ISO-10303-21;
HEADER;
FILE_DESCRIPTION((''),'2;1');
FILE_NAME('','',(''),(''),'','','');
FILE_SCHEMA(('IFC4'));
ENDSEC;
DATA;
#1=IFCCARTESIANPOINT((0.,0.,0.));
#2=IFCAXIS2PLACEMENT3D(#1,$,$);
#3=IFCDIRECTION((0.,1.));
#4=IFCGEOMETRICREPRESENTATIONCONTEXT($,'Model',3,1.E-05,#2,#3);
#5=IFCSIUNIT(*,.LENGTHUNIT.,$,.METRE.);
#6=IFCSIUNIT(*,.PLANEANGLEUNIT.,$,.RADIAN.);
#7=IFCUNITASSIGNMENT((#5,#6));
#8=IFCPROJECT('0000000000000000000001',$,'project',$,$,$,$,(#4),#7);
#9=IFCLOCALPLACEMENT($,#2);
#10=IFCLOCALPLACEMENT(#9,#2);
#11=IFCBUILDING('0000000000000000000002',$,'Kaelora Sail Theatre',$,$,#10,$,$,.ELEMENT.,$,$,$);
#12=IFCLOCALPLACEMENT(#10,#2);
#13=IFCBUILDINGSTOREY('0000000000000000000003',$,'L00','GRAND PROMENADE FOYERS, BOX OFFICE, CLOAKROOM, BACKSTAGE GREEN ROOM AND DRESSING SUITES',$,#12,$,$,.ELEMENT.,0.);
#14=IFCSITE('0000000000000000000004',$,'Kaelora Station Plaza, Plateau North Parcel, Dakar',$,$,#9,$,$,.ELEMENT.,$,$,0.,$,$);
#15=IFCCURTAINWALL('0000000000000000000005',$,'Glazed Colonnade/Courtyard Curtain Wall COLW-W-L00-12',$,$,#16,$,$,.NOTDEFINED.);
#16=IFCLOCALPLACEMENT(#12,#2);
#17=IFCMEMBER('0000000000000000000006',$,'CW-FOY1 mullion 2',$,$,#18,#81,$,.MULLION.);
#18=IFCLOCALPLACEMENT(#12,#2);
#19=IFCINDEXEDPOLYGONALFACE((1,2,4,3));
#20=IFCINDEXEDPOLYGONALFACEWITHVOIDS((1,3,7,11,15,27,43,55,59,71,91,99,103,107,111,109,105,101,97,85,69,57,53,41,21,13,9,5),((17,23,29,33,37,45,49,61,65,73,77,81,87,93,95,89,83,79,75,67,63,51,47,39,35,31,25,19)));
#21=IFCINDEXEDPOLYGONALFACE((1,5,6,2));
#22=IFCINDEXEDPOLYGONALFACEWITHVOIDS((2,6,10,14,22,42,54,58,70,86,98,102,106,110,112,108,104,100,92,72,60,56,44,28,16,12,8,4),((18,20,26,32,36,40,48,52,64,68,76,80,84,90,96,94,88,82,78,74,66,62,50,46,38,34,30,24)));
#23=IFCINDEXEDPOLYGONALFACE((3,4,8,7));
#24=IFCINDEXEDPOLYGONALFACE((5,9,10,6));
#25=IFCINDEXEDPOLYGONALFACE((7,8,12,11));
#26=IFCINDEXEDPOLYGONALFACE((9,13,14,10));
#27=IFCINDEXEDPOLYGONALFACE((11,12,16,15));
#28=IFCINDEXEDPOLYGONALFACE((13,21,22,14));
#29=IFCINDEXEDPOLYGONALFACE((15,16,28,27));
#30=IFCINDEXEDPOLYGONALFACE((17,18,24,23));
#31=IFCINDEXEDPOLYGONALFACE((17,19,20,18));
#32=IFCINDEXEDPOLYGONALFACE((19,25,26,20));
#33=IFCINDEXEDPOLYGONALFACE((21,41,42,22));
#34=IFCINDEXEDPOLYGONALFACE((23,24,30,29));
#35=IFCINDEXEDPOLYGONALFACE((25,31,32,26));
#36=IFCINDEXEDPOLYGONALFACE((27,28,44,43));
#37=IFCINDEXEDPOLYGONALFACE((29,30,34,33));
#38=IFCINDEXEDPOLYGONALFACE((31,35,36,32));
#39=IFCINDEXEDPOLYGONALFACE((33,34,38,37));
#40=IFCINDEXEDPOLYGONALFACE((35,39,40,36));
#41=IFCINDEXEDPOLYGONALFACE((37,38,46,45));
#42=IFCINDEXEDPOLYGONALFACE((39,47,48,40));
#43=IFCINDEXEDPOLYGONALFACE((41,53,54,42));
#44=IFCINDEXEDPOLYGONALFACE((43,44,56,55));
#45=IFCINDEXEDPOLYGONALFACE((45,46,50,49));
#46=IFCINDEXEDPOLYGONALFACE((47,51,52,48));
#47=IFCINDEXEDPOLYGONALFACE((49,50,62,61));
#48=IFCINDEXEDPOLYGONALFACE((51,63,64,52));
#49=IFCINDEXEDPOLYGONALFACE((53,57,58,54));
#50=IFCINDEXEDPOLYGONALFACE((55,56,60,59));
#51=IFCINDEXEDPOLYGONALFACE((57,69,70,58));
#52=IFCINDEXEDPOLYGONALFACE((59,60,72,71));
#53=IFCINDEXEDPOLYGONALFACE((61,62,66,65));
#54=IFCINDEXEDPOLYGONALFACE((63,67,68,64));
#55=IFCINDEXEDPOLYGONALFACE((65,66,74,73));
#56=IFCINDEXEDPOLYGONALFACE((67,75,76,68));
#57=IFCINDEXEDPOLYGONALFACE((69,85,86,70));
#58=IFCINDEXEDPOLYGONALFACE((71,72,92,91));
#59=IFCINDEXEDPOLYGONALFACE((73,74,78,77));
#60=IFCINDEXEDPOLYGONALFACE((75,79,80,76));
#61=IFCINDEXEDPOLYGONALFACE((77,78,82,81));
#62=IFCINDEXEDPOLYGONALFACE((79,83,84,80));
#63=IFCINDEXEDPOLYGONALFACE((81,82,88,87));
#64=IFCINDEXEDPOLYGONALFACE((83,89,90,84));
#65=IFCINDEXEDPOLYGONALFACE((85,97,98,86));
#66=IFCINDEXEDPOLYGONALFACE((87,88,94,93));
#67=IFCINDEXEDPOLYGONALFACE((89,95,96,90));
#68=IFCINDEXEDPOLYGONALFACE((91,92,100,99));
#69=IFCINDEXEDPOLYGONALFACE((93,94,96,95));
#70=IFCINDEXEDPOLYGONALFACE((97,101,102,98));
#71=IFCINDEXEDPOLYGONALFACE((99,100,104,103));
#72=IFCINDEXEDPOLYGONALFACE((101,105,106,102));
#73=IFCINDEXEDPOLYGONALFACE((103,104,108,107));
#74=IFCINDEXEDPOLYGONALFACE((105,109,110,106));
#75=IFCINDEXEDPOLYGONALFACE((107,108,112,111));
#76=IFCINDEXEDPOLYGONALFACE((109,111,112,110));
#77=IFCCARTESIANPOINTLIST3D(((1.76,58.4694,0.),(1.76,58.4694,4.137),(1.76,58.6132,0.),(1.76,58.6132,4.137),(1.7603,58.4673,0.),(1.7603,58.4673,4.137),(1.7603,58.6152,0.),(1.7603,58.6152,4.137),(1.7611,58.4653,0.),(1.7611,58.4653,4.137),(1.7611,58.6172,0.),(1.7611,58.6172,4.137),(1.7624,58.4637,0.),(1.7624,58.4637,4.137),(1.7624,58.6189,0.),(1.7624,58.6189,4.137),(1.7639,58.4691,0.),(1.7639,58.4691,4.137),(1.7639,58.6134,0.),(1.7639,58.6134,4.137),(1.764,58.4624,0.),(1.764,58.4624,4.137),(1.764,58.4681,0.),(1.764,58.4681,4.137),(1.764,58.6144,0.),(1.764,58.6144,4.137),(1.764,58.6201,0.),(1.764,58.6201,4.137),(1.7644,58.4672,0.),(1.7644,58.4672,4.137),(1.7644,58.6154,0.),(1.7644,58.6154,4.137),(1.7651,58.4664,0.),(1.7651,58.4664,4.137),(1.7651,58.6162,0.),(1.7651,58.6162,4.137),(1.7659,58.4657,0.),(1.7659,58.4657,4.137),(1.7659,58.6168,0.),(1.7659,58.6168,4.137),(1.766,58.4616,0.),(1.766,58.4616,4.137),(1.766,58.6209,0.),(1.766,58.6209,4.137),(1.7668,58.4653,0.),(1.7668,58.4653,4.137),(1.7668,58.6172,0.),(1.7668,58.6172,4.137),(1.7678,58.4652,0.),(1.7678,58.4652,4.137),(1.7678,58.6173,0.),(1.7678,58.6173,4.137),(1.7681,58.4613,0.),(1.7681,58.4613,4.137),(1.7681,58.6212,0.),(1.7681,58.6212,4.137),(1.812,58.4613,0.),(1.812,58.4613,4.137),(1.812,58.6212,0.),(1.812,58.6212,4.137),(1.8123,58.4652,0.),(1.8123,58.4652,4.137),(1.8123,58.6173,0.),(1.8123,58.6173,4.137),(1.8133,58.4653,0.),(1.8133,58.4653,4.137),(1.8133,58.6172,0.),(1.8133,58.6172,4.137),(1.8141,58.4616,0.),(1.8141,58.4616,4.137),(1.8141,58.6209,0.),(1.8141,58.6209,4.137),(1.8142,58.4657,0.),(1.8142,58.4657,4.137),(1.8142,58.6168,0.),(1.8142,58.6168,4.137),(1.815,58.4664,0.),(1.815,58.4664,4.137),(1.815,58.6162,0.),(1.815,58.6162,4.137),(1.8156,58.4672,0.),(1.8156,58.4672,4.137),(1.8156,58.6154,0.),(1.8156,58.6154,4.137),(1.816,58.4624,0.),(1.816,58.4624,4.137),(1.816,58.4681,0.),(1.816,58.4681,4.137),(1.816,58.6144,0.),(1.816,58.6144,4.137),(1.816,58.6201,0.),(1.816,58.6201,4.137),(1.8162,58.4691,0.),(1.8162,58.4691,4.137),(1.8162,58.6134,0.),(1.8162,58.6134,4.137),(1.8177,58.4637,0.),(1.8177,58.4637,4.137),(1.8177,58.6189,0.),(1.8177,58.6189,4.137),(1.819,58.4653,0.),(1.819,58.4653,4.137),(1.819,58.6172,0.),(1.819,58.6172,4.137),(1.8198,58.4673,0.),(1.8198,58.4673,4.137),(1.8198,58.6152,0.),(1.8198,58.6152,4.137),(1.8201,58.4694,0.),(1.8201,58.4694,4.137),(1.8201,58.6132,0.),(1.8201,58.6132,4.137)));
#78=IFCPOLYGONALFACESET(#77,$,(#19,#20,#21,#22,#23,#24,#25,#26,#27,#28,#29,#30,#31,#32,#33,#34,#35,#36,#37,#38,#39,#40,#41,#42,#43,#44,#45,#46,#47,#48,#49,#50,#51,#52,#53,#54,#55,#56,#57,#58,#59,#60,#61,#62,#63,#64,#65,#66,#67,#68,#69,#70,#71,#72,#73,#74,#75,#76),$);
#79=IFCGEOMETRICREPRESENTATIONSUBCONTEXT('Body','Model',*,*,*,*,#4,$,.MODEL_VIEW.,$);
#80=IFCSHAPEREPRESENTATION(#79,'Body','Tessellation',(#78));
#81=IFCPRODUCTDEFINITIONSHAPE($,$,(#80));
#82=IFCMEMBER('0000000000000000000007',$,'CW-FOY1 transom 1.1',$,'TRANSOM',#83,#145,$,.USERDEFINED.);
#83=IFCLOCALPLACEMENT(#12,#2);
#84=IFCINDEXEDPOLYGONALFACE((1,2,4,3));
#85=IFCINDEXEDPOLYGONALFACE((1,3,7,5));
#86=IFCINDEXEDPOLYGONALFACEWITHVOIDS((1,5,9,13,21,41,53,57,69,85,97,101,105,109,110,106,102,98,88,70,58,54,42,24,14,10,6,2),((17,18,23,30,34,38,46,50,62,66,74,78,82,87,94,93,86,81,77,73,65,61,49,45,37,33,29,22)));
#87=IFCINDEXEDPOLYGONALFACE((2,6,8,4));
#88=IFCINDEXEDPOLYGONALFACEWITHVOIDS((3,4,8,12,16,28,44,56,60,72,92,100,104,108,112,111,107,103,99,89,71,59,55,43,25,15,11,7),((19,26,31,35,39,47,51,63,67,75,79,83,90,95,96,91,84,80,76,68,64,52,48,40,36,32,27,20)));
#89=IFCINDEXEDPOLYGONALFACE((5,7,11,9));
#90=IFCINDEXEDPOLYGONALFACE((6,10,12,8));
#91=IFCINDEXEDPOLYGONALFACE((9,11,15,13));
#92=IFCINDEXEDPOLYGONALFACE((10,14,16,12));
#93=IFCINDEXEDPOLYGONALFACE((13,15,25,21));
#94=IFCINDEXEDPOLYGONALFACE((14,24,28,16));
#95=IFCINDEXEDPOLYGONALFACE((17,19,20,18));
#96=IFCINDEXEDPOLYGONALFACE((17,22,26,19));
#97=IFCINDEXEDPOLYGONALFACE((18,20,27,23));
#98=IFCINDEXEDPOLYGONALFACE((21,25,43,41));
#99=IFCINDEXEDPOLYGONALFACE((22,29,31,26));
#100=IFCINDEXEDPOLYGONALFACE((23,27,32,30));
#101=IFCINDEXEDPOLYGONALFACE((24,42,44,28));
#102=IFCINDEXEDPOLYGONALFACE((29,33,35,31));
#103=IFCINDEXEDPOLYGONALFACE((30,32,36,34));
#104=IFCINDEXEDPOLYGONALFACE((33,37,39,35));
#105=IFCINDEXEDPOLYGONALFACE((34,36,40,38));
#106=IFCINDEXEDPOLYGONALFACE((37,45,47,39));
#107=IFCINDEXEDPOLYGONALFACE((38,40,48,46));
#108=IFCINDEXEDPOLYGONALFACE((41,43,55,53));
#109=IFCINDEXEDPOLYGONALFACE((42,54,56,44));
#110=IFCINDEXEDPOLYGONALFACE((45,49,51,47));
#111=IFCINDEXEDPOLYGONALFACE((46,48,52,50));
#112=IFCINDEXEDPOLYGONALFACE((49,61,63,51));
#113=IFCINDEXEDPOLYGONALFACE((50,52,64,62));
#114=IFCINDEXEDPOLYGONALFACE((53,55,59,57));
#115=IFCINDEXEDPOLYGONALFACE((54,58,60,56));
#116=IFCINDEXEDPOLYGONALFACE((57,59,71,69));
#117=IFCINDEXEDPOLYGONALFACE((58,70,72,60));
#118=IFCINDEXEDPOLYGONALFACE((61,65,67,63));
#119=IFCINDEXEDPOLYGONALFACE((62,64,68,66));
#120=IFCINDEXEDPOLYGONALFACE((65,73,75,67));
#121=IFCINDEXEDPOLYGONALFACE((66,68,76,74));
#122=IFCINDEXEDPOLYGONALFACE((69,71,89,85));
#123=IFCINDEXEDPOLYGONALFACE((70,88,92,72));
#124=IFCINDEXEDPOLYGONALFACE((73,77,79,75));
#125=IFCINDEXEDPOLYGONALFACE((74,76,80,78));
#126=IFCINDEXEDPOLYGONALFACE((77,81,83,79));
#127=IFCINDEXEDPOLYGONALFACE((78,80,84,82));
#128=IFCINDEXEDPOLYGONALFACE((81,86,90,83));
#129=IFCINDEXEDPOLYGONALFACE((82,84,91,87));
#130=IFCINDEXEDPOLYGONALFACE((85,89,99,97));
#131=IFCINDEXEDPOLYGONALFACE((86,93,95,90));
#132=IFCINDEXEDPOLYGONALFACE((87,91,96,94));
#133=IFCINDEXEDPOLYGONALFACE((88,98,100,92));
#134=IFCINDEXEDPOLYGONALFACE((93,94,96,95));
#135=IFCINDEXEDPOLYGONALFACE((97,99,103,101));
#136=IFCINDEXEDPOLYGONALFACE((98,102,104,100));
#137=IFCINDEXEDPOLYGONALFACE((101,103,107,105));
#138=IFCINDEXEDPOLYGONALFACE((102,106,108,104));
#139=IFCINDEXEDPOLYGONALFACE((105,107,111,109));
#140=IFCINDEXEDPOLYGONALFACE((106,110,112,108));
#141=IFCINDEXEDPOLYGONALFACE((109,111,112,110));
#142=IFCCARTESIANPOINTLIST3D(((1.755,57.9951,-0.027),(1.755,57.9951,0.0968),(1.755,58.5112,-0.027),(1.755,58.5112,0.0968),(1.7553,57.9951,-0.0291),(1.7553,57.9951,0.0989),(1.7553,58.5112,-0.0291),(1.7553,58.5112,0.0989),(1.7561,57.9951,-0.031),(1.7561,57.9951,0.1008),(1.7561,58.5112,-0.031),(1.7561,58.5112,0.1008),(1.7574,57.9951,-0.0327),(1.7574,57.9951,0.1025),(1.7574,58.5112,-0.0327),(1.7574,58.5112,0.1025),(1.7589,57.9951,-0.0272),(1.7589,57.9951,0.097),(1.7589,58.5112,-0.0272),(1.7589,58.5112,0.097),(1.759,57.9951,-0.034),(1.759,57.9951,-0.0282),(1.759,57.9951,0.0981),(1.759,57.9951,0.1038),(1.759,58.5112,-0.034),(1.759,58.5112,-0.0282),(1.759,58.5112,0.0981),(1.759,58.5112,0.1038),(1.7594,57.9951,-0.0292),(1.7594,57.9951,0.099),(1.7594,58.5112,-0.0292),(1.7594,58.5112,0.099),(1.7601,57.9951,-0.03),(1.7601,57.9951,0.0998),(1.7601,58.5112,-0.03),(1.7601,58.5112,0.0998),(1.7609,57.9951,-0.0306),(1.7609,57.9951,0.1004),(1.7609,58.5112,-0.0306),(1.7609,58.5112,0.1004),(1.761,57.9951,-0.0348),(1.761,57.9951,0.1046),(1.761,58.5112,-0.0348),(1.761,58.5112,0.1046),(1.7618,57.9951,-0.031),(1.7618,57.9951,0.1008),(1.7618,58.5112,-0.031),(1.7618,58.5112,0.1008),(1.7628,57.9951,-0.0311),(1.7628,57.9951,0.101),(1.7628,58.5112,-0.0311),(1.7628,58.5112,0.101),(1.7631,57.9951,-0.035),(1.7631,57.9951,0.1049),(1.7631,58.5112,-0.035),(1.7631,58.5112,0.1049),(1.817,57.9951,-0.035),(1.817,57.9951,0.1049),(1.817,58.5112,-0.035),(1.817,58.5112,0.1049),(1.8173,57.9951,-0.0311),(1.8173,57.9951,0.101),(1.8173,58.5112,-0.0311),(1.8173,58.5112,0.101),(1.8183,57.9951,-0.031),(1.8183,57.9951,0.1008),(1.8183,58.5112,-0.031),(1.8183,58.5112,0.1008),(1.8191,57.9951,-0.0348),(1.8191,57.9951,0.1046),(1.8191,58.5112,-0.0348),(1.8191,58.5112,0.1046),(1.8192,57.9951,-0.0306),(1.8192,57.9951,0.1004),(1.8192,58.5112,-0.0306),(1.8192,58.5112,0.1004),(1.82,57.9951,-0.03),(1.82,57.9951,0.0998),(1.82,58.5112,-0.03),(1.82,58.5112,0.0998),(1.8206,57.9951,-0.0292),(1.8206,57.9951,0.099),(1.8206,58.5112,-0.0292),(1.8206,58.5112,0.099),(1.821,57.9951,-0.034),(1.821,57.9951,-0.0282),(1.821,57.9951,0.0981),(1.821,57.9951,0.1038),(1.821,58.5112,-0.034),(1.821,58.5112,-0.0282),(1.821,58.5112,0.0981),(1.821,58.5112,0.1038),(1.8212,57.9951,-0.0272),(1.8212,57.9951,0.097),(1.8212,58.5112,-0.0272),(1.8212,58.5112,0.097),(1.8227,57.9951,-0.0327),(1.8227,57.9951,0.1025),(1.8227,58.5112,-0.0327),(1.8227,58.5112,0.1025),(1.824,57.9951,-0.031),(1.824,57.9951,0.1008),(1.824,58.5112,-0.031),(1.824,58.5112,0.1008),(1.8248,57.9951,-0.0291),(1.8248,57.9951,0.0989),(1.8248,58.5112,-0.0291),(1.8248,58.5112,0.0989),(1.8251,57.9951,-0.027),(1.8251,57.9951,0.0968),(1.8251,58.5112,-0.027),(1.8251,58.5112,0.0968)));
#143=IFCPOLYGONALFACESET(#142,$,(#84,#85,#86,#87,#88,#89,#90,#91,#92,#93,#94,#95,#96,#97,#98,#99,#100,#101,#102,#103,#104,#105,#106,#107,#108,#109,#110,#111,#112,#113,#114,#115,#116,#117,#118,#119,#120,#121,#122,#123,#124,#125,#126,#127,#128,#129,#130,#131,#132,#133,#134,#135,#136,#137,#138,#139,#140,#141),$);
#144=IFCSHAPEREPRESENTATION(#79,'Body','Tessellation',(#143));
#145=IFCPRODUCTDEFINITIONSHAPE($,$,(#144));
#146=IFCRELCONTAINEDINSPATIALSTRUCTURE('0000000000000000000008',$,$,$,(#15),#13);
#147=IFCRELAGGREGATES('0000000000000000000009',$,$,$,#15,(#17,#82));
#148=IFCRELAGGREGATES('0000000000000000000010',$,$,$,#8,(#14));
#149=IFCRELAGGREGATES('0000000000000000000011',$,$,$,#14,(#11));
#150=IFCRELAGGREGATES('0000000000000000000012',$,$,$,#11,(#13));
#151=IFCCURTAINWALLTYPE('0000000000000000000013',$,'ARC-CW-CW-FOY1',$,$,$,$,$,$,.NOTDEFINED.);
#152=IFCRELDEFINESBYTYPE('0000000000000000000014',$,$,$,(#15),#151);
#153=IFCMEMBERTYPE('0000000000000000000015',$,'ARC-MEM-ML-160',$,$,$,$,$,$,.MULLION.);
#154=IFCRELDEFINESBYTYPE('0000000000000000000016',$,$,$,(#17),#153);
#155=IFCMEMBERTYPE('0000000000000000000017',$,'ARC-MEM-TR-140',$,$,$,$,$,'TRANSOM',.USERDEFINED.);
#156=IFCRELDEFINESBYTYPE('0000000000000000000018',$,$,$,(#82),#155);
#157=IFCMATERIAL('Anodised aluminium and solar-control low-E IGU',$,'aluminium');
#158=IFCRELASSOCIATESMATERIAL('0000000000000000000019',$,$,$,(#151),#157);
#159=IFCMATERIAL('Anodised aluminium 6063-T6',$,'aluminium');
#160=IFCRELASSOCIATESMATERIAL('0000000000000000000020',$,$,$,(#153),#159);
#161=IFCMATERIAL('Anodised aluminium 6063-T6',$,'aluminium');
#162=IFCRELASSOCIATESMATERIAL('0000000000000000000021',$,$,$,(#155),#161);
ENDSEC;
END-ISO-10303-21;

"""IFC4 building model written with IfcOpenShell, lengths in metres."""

from ifc_helpers import new_model, si_unit, direction, frame, origin, origin_2d, place, context, subcontext, project, spatial, hollow_rectangle, extrude, material, material_profile, profile_set, type_object, element, aggregate, save


model = new_model("IFC4")

# Units and contexts
model_context = context("Model", 3, precision=1e-05, world=origin(), true_north=direction((0.0, 1.0)))
body_context = subcontext(model_context, "Body", "Model", "MODEL_VIEW")
ifc_project = project(units=[si_unit("LENGTHUNIT", "METRE"), si_unit("PLANEANGLEUNIT", "RADIAN")], contexts=[model_context])

# Site, building, storey
site_placement = place(None, origin())
site = spatial("IfcSite", under=ifc_project, at=site_placement, Name="Kaelora Station Plaza, Plateau North Parcel, Dakar", CompositionType="ELEMENT", RefElevation=0.0)
building_placement = place(site_placement, origin())
building = spatial("IfcBuilding", under=site, at=building_placement, Name="Kaelora Sail Theatre", CompositionType="ELEMENT")
storey_placement = place(building_placement, origin())
storey = spatial("IfcBuildingStorey", under=building, at=storey_placement, Name="L00", Description="GRAND PROMENADE FOYERS, BOX OFFICE, CLOAKROOM, BACKSTAGE GREEN ROOM AND DRESSING SUITES", CompositionType="ELEMENT", Elevation=0.0)

# Shared definitions
ifc_material_1 = material(Name="Anodised aluminium and solar-control low-E IGU", Category="aluminium")
curtain_wall_type = type_object("IfcCurtainWallType", Name="ARC-CW-CW-FOY1", PredefinedType="NOTDEFINED", material=ifc_material_1)
ifc_material_2 = material(Name="Anodised aluminium 6063-T6", Category="aluminium")
ifc_material_profile_1 = material_profile(ifc_material_2, hollow_rectangle(XDim=0.0601, YDim=0.1599, WallThickness=0.0039, InnerFilletRadius=0.0039, OuterFilletRadius=0.0081, at=origin_2d()), Name="ALU-MULL 60x160x4")
ifc_profile_set_1 = profile_set([ifc_material_profile_1], Name="Anodised aluminium 6063-T6")
member_type_1 = type_object("IfcMemberType", Name="ARC-MEM-ML-160", PredefinedType="MULLION", material=ifc_profile_set_1)

# Curtain wall, members
curtain_wall_1_placement = place(storey_placement, origin())
curtain_wall_1 = element("IfcCurtainWall", 1, at=curtain_wall_1_placement, inside=storey, type_object=curtain_wall_type, Name="Glazed Colonnade/Courtyard Curtain Wall COLW-W-L00-12", PredefinedType="NOTDEFINED")
member_1_placement = place(storey_placement, frame((1.79, 58.5413, 0.0), z_axis=(0.0, 0.0, 1.0), x_axis=(-1.0, 0.0, 0.0)))
member_1 = element("IfcMember", 2, at=member_1_placement, type_object=member_type_1, Name="CW-FOY1 mullion 2", PredefinedType="MULLION", context=body_context, shape_type="SweptSolid", body=[
    extrude(hollow_rectangle(XDim=0.0601, YDim=0.1599, WallThickness=0.0039, InnerFilletRadius=0.0039, OuterFilletRadius=0.0081, at=origin_2d()), origin(), (0.0, 0.0, 1.0), 4.137),
])
ifc_material_3 = material(Name="Anodised aluminium 6063-T6", Category="aluminium")
ifc_material_profile_2 = material_profile(ifc_material_3, hollow_rectangle(XDim=0.0701, YDim=0.1399, WallThickness=0.0039, InnerFilletRadius=0.0039, OuterFilletRadius=0.0081, at=origin_2d()), Name="ALU-TRAN 70x140x4")
ifc_profile_set_2 = profile_set([ifc_material_profile_2], Name="Anodised aluminium 6063-T6")
member_type_2 = type_object("IfcMemberType", Name="ARC-MEM-TR-140", ElementType="TRANSOM", PredefinedType="USERDEFINED", material=ifc_profile_set_2)
member_2_placement = place(storey_placement, frame((1.79, 57.9951, 0.0349), z_axis=(0.0, 1.0, 0.0), x_axis=(-1.0, 0.0, 0.0)))
member_2 = element("IfcMember", 3, at=member_2_placement, type_object=member_type_2, Name="CW-FOY1 transom 1.1", ObjectType="TRANSOM", PredefinedType="USERDEFINED", context=body_context, shape_type="SweptSolid", body=[
    extrude(hollow_rectangle(XDim=0.0701, YDim=0.1399, WallThickness=0.0039, InnerFilletRadius=0.0039, OuterFilletRadius=0.0081, at=origin_2d()), origin(), (0.0, 0.0, 1.0), 0.5161),
])

aggregate(curtain_wall_1, [member_1, member_2])

save(model, "model.ifc")
